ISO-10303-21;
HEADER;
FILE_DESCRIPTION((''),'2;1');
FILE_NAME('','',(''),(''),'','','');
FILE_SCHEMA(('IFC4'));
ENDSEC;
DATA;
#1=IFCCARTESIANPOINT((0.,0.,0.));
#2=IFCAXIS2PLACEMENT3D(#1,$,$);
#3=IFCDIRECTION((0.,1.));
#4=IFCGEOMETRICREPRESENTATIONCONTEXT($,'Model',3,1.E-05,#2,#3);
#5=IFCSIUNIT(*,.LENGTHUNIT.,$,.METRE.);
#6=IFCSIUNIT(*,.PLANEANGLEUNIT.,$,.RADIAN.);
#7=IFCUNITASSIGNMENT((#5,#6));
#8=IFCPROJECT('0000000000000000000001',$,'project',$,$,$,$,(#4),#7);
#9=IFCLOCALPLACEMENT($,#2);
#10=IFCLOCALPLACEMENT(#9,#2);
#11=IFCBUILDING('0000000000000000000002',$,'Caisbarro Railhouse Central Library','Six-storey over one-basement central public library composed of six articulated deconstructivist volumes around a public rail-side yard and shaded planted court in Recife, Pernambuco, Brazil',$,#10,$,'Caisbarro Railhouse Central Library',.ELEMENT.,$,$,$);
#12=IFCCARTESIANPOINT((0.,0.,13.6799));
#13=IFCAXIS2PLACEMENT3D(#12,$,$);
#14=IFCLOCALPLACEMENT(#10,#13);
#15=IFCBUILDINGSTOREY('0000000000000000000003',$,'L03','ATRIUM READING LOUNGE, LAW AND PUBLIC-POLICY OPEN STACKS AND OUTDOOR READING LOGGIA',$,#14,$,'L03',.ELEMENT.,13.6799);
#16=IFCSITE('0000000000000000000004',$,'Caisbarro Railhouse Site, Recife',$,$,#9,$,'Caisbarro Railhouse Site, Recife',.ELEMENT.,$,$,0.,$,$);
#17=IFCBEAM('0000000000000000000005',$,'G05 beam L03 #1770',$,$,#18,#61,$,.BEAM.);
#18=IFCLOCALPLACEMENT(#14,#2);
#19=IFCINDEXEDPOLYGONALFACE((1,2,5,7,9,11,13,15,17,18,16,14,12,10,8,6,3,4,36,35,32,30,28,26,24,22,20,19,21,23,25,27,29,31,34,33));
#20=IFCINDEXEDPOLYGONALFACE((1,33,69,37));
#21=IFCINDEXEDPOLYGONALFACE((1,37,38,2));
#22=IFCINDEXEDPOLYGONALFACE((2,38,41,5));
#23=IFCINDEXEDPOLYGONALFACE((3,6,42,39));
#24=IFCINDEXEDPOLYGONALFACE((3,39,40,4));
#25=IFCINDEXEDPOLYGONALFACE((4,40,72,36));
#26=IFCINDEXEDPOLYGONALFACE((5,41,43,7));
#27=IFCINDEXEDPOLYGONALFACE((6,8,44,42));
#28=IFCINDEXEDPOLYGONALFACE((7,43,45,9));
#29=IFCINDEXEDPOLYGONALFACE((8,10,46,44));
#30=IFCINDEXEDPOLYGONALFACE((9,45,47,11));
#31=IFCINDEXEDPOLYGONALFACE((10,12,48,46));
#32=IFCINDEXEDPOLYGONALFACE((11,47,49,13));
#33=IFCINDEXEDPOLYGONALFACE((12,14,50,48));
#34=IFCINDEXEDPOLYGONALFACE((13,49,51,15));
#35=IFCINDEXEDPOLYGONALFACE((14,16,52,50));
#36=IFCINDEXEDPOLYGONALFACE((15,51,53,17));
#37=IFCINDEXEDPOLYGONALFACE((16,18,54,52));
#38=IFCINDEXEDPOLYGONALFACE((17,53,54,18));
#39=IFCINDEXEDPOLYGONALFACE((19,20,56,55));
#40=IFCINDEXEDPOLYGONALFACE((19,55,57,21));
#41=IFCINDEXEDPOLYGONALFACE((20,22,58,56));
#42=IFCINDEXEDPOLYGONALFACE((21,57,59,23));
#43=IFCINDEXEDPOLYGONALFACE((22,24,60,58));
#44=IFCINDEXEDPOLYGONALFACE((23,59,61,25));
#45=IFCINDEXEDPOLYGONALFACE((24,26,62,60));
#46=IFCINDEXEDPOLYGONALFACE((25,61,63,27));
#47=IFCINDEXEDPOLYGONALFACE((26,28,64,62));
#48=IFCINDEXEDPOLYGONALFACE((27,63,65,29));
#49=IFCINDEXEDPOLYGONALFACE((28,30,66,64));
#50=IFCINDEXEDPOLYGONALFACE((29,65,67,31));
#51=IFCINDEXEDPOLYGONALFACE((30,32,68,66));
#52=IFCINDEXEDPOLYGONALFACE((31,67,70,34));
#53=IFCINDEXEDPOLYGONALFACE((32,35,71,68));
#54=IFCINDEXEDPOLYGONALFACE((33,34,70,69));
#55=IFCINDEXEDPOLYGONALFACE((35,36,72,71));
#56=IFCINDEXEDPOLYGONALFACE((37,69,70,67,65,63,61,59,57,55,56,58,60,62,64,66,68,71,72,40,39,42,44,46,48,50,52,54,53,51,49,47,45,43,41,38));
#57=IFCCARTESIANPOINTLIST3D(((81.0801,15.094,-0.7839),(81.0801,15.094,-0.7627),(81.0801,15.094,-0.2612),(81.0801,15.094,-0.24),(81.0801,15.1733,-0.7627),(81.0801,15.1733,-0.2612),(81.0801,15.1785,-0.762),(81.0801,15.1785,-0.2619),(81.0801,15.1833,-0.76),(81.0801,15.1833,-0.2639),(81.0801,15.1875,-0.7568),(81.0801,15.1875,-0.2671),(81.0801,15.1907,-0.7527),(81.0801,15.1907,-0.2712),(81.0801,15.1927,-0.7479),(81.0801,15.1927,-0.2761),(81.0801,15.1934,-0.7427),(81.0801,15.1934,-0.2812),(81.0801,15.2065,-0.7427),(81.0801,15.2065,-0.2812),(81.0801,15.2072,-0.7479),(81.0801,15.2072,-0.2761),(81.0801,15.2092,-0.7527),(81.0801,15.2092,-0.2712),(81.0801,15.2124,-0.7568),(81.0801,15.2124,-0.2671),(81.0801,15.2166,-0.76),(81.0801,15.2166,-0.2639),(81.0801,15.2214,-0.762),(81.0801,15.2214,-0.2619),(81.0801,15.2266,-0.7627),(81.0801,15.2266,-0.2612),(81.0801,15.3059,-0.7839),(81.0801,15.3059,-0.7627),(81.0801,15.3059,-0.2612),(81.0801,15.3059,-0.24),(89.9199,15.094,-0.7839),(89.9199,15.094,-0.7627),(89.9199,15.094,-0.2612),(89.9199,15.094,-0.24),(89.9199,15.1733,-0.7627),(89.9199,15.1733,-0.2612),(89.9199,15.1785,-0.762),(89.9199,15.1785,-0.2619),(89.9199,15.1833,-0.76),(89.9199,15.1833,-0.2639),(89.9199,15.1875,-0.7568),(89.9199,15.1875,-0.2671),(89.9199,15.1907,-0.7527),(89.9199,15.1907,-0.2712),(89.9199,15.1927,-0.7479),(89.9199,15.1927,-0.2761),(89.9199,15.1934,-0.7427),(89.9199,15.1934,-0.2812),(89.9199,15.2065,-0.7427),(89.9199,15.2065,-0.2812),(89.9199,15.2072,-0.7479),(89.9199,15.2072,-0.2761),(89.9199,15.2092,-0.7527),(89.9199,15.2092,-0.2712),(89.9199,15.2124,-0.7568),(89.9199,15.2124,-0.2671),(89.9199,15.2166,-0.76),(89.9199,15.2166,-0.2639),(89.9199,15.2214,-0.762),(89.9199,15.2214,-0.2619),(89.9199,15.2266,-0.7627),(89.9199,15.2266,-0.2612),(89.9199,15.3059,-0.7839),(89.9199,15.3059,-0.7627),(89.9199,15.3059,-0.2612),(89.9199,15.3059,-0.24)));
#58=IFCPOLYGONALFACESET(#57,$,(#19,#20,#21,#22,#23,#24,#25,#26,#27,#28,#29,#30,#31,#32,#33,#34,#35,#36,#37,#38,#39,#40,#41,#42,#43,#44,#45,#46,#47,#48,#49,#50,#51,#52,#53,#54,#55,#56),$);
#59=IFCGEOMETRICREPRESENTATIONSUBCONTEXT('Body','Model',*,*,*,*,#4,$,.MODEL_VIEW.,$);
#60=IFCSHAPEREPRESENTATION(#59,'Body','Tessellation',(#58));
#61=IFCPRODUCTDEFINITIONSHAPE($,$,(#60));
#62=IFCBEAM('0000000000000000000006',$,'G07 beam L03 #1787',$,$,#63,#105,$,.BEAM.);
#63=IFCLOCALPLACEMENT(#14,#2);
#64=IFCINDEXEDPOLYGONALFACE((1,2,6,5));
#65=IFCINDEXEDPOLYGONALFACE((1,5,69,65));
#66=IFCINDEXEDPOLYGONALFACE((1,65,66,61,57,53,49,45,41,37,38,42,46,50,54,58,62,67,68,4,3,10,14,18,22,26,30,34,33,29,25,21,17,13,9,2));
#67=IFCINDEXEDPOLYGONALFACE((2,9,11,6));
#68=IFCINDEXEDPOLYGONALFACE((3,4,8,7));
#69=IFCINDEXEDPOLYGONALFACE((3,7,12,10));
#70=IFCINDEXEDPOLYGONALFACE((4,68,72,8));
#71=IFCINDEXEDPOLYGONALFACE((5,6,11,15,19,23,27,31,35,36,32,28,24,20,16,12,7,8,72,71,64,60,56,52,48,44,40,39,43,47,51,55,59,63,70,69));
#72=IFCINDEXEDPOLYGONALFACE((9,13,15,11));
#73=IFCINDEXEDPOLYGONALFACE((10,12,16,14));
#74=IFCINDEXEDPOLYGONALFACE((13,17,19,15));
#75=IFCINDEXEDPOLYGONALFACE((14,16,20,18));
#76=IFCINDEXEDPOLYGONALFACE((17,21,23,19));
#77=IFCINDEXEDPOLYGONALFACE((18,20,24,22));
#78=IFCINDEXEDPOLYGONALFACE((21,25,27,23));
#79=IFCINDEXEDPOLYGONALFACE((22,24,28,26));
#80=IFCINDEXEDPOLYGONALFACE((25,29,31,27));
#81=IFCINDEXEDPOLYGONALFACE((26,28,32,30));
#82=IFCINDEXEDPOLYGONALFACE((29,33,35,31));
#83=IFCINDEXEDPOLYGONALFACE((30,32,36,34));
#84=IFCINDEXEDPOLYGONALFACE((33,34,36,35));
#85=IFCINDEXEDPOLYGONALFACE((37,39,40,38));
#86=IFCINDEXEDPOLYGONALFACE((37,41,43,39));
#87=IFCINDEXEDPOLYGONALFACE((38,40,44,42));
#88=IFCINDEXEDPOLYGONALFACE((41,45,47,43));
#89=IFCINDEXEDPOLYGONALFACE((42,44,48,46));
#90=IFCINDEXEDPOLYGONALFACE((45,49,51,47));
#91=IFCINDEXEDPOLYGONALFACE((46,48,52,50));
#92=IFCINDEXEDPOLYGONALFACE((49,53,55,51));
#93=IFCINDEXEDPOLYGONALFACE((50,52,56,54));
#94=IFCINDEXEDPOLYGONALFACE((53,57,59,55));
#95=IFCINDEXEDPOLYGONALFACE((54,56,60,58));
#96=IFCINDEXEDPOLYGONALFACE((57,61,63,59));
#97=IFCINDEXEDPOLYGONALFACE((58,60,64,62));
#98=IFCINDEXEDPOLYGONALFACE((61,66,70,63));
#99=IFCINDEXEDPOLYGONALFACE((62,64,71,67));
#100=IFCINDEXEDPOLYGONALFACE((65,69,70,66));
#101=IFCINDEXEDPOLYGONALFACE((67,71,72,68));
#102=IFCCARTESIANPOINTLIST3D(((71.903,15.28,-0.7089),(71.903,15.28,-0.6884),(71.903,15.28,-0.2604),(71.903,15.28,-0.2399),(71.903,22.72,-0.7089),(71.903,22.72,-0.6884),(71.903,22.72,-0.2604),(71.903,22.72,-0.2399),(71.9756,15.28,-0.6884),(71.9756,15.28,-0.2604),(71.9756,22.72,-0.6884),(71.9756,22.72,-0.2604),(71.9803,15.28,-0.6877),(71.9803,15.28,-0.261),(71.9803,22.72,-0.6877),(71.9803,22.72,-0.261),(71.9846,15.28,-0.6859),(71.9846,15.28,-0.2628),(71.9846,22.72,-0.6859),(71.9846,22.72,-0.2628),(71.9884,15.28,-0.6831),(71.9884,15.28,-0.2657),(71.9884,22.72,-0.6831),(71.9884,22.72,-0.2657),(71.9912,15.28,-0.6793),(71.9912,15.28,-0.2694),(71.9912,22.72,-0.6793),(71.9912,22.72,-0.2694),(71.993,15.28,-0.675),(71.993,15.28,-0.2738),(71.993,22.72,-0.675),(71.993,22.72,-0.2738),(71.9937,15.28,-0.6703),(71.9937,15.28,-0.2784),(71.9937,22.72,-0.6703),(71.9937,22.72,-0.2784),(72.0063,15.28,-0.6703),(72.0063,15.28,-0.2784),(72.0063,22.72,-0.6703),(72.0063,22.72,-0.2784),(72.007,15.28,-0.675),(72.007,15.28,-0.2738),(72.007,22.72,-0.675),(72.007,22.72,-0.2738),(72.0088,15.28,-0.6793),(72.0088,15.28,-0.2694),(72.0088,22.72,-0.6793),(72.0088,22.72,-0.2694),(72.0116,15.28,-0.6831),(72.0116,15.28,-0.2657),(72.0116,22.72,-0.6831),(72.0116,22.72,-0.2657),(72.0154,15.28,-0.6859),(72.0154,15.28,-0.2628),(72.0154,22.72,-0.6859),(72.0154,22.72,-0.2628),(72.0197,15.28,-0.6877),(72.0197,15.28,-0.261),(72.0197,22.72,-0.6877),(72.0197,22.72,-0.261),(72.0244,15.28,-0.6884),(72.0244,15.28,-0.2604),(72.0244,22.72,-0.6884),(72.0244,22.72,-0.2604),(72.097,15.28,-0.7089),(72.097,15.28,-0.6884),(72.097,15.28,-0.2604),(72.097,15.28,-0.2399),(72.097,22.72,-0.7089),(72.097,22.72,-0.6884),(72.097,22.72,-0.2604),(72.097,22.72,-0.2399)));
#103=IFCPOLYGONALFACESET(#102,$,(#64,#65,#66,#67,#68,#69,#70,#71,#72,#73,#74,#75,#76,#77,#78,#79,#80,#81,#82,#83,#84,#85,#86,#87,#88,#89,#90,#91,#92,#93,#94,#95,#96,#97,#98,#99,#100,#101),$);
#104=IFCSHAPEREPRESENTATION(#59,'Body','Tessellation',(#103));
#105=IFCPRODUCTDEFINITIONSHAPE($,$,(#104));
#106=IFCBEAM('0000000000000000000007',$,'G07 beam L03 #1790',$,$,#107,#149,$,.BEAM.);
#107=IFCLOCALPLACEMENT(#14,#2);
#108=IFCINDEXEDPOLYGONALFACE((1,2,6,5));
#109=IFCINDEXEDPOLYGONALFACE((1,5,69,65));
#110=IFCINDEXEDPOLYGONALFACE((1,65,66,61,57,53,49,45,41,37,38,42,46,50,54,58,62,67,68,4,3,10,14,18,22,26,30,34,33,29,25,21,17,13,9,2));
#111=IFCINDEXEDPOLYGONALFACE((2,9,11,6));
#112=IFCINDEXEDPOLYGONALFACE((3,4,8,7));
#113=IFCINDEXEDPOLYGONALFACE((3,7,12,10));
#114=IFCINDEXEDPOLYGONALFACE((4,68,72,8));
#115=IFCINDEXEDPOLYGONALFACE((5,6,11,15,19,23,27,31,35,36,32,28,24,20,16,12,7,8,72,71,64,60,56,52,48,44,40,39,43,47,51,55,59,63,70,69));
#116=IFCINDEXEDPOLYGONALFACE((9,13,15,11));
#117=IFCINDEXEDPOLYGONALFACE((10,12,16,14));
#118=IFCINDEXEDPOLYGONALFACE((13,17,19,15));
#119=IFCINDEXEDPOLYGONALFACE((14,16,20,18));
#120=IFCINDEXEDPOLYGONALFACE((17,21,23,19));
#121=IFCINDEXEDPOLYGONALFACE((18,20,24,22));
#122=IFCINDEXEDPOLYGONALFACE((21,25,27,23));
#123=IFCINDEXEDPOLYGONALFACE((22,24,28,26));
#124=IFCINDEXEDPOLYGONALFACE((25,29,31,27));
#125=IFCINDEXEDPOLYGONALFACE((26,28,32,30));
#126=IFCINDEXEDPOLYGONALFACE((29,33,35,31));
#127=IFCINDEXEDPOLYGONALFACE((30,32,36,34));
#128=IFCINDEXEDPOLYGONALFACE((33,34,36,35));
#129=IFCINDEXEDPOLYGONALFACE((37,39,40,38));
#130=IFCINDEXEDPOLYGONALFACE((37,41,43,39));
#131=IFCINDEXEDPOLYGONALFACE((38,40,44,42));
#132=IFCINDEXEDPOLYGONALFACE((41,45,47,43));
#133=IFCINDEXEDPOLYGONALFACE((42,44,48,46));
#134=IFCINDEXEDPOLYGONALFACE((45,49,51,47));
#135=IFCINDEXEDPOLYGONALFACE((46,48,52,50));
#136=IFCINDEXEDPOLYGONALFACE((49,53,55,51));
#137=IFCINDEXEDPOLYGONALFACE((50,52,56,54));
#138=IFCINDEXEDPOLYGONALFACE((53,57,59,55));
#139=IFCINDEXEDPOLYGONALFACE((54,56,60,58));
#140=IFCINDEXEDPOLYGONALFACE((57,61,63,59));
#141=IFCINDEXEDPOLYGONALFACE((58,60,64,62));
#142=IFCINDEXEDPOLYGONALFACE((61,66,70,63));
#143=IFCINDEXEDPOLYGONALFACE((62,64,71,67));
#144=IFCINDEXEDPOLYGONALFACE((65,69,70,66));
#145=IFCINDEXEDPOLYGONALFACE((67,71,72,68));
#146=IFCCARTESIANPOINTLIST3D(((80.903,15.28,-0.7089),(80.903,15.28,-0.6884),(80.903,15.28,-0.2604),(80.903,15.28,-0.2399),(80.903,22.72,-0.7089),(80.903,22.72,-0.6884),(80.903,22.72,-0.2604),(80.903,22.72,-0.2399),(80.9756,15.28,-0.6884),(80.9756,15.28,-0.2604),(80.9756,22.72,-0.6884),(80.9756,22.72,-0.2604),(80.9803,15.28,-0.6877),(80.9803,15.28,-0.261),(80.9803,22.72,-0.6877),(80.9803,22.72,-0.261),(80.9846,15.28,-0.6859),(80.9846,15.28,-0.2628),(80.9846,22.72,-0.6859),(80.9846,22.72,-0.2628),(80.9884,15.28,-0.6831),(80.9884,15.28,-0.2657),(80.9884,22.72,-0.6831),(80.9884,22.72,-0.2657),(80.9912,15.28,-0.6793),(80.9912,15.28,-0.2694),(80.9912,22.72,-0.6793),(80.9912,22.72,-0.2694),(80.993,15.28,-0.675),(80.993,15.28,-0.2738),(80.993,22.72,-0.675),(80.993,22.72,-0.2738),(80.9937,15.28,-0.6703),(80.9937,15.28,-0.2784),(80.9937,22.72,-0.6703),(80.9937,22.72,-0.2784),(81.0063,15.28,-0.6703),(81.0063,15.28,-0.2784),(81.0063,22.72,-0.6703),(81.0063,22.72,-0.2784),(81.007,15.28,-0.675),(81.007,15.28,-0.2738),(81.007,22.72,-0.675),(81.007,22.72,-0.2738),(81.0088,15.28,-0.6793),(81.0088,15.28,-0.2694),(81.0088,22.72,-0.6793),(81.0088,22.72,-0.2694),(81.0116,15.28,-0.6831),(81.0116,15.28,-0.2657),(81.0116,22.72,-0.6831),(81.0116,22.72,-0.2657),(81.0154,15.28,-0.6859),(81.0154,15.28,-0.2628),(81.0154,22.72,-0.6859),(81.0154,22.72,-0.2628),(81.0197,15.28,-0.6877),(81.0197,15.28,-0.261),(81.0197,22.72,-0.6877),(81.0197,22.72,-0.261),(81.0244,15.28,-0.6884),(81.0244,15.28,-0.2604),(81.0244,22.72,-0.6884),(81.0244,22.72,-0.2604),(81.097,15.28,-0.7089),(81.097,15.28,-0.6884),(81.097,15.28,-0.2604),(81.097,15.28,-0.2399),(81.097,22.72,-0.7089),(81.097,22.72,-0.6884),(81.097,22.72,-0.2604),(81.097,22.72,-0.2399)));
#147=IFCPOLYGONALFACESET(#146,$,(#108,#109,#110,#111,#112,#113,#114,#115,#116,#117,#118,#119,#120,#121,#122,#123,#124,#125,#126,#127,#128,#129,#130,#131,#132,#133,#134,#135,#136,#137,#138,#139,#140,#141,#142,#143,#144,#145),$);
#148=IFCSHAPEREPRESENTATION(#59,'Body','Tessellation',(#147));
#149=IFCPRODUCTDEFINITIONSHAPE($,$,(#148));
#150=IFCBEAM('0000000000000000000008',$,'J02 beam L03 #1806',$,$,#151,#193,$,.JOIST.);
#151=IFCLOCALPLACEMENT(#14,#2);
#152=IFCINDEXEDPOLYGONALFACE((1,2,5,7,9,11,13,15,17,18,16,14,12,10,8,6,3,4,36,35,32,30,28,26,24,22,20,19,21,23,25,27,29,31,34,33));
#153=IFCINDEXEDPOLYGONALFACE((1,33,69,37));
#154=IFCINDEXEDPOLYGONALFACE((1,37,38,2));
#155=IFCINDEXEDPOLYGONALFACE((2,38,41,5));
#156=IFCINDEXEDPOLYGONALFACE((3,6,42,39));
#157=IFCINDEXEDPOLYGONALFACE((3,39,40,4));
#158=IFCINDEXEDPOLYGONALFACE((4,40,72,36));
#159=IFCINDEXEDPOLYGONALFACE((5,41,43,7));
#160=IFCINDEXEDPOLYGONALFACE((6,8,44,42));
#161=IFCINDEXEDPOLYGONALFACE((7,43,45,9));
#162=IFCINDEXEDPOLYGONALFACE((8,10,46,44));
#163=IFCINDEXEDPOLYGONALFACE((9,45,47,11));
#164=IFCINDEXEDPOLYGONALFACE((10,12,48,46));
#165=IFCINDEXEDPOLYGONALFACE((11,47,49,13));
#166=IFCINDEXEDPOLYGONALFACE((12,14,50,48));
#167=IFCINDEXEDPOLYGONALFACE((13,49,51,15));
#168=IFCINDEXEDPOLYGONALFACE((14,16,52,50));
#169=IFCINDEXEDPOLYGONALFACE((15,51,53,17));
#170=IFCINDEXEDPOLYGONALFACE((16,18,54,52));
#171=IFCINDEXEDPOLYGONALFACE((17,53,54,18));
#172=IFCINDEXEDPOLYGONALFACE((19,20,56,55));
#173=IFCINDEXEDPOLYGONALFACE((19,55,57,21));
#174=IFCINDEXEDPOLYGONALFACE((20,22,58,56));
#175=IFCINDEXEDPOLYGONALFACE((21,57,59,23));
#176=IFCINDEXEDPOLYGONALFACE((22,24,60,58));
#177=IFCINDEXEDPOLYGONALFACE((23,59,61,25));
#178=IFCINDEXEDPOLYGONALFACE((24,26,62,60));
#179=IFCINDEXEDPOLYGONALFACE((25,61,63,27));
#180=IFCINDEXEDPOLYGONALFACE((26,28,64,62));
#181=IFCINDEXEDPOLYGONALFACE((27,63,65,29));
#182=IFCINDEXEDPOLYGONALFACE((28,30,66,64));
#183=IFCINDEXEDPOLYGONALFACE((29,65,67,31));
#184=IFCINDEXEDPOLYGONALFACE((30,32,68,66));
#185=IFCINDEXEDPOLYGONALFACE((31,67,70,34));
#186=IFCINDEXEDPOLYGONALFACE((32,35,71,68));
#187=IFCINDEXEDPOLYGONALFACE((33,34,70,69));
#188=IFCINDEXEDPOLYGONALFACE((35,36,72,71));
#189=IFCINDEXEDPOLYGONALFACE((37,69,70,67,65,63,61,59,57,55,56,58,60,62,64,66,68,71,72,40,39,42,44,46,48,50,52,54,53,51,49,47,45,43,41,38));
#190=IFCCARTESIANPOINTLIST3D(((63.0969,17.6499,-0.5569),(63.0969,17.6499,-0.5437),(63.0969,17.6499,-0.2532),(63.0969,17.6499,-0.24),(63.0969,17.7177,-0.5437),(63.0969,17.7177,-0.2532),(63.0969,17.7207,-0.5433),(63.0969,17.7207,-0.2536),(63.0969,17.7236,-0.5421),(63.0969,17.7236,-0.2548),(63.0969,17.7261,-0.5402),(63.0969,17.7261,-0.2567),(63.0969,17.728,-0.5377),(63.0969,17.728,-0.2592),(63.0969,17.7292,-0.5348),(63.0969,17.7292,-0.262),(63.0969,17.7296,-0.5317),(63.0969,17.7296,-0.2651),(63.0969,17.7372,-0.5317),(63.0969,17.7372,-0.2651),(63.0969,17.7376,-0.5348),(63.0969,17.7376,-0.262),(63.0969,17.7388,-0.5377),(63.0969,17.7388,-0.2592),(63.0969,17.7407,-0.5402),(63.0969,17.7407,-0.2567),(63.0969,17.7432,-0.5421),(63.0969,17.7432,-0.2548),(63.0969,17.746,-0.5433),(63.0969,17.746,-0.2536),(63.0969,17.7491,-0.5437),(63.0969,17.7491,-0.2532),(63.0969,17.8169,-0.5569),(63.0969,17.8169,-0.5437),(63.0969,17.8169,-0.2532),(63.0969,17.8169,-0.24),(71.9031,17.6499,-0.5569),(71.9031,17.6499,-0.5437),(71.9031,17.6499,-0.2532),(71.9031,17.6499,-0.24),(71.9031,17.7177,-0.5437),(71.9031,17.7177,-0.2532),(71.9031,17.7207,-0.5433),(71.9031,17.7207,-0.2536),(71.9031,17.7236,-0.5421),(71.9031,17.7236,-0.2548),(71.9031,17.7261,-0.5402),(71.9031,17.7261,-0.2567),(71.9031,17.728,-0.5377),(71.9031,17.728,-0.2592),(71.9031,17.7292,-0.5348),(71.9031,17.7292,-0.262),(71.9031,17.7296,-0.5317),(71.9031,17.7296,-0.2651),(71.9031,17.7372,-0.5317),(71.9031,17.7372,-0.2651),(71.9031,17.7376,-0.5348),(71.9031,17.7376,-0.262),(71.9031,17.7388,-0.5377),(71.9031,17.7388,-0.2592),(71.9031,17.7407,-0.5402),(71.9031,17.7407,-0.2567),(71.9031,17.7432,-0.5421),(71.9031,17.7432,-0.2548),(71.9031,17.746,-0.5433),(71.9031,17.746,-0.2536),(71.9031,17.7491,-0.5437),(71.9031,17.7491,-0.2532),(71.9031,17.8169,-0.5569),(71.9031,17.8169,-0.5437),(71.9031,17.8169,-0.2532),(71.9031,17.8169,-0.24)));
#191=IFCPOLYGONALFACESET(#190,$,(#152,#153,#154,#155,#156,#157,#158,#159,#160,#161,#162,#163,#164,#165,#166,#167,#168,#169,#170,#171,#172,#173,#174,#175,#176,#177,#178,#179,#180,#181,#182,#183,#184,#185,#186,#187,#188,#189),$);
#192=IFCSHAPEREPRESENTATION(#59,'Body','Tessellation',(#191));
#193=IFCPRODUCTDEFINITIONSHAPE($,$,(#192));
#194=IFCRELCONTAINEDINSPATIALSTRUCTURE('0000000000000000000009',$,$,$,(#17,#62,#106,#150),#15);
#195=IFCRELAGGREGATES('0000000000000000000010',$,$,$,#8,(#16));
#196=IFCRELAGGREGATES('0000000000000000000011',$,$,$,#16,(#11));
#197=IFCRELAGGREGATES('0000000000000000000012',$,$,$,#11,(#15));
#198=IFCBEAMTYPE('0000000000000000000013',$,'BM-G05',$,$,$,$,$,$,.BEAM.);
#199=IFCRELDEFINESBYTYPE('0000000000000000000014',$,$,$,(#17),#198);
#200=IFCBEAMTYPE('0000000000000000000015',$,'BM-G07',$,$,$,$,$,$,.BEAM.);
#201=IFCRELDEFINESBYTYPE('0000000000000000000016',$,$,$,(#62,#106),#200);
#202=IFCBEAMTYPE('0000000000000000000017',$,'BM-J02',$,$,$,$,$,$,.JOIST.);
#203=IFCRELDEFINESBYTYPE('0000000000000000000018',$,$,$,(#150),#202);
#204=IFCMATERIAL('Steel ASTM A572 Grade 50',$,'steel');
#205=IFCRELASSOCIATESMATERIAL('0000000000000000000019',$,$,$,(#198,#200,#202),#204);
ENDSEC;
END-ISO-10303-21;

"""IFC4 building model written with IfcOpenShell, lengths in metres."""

from ifc_helpers import new_model, si_unit, direction, frame, origin, origin_2d, place, context, subcontext, project, spatial, i_section, extrude, material, material_profile, profile_set, type_object, element, save


model = new_model("IFC4")

# Units and contexts
model_context = context("Model", 3, precision=1e-05, world=origin(), true_north=direction((0.0, 1.0)))
body_context = subcontext(model_context, "Body", "Model", "MODEL_VIEW")
ifc_project = project(units=[si_unit("LENGTHUNIT", "METRE"), si_unit("PLANEANGLEUNIT", "RADIAN")], contexts=[model_context])

# Site, building, storey
site_placement = place(None, origin())
site = spatial("IfcSite", under=ifc_project, at=site_placement, Name="Caisbarro Railhouse Site, Recife", LongName="Caisbarro Railhouse Site, Recife", CompositionType="ELEMENT", RefElevation=0.0)
building_placement = place(site_placement, origin())
building = spatial("IfcBuilding", under=site, at=building_placement, Name="Caisbarro Railhouse Central Library", Description="Six-storey over one-basement central public library composed of six articulated deconstructivist volumes around a public rail-side yard and shaded planted court in Recife, Pernambuco, Brazil", LongName="Caisbarro Railhouse Central Library", CompositionType="ELEMENT")
storey_placement = place(building_placement, frame((0.0, 0.0, 13.6799)))
storey = spatial("IfcBuildingStorey", under=building, at=storey_placement, Name="L03", Description="ATRIUM READING LOUNGE, LAW AND PUBLIC-POLICY OPEN STACKS AND OUTDOOR READING LOGGIA", LongName="L03", CompositionType="ELEMENT", Elevation=13.6799)

# Shared definitions
ifc_material_1 = material(Name="Steel ASTM A572 Grade 50", Category="steel")

# Beams
ifc_material_profile_1 = material_profile(ifc_material_1, i_section(OverallWidth=0.2119, OverallDepth=0.5439, WebThickness=0.0132, FlangeThickness=0.0212, FilletRadius=0.02, at=origin_2d()), Name="W530X123.0")
ifc_profile_set_1 = profile_set([ifc_material_profile_1], Name="Steel ASTM A572 Grade 50")
beam_type_1 = type_object("IfcBeamType", Name="BM-G05", PredefinedType="BEAM", material=ifc_profile_set_1)
for number, where, z_axis, x_axis, name in (
    (1, (81.0801, 15.2, -0.512), (1.0, 0.0, 0.0), (0.0, 1.0, 0.0), "G05 beam L03 #1770"),
):
    element("IfcBeam", number, at=place(storey_placement, frame(where, z_axis=z_axis, x_axis=x_axis)), inside=storey, type_object=beam_type_1, Name=name, PredefinedType="BEAM", context=body_context, shape_type="SweptSolid", body=[
        extrude(i_section(OverallWidth=0.2119, OverallDepth=0.5439, WebThickness=0.0132, FlangeThickness=0.0212, FilletRadius=0.02, at=origin_2d()), origin(), (0.0, 0.0, 1.0), 8.8398),
    ])
ifc_material_profile_2 = material_profile(ifc_material_1, i_section(OverallWidth=0.1941, OverallDepth=0.469, WebThickness=0.0127, FlangeThickness=0.0205, FilletRadius=0.0181, at=origin_2d()), Name="W460X106.0")
ifc_profile_set_2 = profile_set([ifc_material_profile_2], Name="Steel ASTM A572 Grade 50")
beam_type_2 = type_object("IfcBeamType", Name="BM-G07", PredefinedType="BEAM", material=ifc_profile_set_2)
for number, where, z_axis, x_axis, name in (
    (2, (72.0, 15.28, -0.4744), (0.0, 1.0, 0.0), (-1.0, 0.0, 0.0), "G07 beam L03 #1787"),
    (3, (81.0, 15.28, -0.4744), (0.0, 1.0, 0.0), (-1.0, 0.0, 0.0), "G07 beam L03 #1790"),
):
    element("IfcBeam", number, at=place(storey_placement, frame(where, z_axis=z_axis, x_axis=x_axis)), inside=storey, type_object=beam_type_2, Name=name, PredefinedType="BEAM", context=body_context, shape_type="SweptSolid", body=[
        extrude(i_section(OverallWidth=0.1941, OverallDepth=0.469, WebThickness=0.0127, FlangeThickness=0.0205, FilletRadius=0.0181, at=origin_2d()), origin(), (0.0, 0.0, 1.0), 7.4399),
    ])
ifc_material_profile_3 = material_profile(ifc_material_1, i_section(OverallWidth=0.167, OverallDepth=0.3169, WebThickness=0.0076, FlangeThickness=0.0132, FilletRadius=0.012, at=origin_2d()), Name="W310X52.0")
ifc_profile_set_3 = profile_set([ifc_material_profile_3], Name="Steel ASTM A572 Grade 50")
beam_type_3 = type_object("IfcBeamType", Name="BM-J02", PredefinedType="JOIST", material=ifc_profile_set_3)
for number, where, z_axis, x_axis, name in (
    (4, (63.0969, 17.7334, -0.3984), (1.0, 0.0, 0.0), (0.0, 1.0, 0.0), "J02 beam L03 #1806"),
):
    element("IfcBeam", number, at=place(storey_placement, frame(where, z_axis=z_axis, x_axis=x_axis)), inside=storey, type_object=beam_type_3, Name=name, PredefinedType="JOIST", context=body_context, shape_type="SweptSolid", body=[
        extrude(i_section(OverallWidth=0.167, OverallDepth=0.3169, WebThickness=0.0076, FlangeThickness=0.0132, FilletRadius=0.012, at=origin_2d()), origin(), (0.0, 0.0, 1.0), 8.8062),
    ])

save(model, "model.ifc")
